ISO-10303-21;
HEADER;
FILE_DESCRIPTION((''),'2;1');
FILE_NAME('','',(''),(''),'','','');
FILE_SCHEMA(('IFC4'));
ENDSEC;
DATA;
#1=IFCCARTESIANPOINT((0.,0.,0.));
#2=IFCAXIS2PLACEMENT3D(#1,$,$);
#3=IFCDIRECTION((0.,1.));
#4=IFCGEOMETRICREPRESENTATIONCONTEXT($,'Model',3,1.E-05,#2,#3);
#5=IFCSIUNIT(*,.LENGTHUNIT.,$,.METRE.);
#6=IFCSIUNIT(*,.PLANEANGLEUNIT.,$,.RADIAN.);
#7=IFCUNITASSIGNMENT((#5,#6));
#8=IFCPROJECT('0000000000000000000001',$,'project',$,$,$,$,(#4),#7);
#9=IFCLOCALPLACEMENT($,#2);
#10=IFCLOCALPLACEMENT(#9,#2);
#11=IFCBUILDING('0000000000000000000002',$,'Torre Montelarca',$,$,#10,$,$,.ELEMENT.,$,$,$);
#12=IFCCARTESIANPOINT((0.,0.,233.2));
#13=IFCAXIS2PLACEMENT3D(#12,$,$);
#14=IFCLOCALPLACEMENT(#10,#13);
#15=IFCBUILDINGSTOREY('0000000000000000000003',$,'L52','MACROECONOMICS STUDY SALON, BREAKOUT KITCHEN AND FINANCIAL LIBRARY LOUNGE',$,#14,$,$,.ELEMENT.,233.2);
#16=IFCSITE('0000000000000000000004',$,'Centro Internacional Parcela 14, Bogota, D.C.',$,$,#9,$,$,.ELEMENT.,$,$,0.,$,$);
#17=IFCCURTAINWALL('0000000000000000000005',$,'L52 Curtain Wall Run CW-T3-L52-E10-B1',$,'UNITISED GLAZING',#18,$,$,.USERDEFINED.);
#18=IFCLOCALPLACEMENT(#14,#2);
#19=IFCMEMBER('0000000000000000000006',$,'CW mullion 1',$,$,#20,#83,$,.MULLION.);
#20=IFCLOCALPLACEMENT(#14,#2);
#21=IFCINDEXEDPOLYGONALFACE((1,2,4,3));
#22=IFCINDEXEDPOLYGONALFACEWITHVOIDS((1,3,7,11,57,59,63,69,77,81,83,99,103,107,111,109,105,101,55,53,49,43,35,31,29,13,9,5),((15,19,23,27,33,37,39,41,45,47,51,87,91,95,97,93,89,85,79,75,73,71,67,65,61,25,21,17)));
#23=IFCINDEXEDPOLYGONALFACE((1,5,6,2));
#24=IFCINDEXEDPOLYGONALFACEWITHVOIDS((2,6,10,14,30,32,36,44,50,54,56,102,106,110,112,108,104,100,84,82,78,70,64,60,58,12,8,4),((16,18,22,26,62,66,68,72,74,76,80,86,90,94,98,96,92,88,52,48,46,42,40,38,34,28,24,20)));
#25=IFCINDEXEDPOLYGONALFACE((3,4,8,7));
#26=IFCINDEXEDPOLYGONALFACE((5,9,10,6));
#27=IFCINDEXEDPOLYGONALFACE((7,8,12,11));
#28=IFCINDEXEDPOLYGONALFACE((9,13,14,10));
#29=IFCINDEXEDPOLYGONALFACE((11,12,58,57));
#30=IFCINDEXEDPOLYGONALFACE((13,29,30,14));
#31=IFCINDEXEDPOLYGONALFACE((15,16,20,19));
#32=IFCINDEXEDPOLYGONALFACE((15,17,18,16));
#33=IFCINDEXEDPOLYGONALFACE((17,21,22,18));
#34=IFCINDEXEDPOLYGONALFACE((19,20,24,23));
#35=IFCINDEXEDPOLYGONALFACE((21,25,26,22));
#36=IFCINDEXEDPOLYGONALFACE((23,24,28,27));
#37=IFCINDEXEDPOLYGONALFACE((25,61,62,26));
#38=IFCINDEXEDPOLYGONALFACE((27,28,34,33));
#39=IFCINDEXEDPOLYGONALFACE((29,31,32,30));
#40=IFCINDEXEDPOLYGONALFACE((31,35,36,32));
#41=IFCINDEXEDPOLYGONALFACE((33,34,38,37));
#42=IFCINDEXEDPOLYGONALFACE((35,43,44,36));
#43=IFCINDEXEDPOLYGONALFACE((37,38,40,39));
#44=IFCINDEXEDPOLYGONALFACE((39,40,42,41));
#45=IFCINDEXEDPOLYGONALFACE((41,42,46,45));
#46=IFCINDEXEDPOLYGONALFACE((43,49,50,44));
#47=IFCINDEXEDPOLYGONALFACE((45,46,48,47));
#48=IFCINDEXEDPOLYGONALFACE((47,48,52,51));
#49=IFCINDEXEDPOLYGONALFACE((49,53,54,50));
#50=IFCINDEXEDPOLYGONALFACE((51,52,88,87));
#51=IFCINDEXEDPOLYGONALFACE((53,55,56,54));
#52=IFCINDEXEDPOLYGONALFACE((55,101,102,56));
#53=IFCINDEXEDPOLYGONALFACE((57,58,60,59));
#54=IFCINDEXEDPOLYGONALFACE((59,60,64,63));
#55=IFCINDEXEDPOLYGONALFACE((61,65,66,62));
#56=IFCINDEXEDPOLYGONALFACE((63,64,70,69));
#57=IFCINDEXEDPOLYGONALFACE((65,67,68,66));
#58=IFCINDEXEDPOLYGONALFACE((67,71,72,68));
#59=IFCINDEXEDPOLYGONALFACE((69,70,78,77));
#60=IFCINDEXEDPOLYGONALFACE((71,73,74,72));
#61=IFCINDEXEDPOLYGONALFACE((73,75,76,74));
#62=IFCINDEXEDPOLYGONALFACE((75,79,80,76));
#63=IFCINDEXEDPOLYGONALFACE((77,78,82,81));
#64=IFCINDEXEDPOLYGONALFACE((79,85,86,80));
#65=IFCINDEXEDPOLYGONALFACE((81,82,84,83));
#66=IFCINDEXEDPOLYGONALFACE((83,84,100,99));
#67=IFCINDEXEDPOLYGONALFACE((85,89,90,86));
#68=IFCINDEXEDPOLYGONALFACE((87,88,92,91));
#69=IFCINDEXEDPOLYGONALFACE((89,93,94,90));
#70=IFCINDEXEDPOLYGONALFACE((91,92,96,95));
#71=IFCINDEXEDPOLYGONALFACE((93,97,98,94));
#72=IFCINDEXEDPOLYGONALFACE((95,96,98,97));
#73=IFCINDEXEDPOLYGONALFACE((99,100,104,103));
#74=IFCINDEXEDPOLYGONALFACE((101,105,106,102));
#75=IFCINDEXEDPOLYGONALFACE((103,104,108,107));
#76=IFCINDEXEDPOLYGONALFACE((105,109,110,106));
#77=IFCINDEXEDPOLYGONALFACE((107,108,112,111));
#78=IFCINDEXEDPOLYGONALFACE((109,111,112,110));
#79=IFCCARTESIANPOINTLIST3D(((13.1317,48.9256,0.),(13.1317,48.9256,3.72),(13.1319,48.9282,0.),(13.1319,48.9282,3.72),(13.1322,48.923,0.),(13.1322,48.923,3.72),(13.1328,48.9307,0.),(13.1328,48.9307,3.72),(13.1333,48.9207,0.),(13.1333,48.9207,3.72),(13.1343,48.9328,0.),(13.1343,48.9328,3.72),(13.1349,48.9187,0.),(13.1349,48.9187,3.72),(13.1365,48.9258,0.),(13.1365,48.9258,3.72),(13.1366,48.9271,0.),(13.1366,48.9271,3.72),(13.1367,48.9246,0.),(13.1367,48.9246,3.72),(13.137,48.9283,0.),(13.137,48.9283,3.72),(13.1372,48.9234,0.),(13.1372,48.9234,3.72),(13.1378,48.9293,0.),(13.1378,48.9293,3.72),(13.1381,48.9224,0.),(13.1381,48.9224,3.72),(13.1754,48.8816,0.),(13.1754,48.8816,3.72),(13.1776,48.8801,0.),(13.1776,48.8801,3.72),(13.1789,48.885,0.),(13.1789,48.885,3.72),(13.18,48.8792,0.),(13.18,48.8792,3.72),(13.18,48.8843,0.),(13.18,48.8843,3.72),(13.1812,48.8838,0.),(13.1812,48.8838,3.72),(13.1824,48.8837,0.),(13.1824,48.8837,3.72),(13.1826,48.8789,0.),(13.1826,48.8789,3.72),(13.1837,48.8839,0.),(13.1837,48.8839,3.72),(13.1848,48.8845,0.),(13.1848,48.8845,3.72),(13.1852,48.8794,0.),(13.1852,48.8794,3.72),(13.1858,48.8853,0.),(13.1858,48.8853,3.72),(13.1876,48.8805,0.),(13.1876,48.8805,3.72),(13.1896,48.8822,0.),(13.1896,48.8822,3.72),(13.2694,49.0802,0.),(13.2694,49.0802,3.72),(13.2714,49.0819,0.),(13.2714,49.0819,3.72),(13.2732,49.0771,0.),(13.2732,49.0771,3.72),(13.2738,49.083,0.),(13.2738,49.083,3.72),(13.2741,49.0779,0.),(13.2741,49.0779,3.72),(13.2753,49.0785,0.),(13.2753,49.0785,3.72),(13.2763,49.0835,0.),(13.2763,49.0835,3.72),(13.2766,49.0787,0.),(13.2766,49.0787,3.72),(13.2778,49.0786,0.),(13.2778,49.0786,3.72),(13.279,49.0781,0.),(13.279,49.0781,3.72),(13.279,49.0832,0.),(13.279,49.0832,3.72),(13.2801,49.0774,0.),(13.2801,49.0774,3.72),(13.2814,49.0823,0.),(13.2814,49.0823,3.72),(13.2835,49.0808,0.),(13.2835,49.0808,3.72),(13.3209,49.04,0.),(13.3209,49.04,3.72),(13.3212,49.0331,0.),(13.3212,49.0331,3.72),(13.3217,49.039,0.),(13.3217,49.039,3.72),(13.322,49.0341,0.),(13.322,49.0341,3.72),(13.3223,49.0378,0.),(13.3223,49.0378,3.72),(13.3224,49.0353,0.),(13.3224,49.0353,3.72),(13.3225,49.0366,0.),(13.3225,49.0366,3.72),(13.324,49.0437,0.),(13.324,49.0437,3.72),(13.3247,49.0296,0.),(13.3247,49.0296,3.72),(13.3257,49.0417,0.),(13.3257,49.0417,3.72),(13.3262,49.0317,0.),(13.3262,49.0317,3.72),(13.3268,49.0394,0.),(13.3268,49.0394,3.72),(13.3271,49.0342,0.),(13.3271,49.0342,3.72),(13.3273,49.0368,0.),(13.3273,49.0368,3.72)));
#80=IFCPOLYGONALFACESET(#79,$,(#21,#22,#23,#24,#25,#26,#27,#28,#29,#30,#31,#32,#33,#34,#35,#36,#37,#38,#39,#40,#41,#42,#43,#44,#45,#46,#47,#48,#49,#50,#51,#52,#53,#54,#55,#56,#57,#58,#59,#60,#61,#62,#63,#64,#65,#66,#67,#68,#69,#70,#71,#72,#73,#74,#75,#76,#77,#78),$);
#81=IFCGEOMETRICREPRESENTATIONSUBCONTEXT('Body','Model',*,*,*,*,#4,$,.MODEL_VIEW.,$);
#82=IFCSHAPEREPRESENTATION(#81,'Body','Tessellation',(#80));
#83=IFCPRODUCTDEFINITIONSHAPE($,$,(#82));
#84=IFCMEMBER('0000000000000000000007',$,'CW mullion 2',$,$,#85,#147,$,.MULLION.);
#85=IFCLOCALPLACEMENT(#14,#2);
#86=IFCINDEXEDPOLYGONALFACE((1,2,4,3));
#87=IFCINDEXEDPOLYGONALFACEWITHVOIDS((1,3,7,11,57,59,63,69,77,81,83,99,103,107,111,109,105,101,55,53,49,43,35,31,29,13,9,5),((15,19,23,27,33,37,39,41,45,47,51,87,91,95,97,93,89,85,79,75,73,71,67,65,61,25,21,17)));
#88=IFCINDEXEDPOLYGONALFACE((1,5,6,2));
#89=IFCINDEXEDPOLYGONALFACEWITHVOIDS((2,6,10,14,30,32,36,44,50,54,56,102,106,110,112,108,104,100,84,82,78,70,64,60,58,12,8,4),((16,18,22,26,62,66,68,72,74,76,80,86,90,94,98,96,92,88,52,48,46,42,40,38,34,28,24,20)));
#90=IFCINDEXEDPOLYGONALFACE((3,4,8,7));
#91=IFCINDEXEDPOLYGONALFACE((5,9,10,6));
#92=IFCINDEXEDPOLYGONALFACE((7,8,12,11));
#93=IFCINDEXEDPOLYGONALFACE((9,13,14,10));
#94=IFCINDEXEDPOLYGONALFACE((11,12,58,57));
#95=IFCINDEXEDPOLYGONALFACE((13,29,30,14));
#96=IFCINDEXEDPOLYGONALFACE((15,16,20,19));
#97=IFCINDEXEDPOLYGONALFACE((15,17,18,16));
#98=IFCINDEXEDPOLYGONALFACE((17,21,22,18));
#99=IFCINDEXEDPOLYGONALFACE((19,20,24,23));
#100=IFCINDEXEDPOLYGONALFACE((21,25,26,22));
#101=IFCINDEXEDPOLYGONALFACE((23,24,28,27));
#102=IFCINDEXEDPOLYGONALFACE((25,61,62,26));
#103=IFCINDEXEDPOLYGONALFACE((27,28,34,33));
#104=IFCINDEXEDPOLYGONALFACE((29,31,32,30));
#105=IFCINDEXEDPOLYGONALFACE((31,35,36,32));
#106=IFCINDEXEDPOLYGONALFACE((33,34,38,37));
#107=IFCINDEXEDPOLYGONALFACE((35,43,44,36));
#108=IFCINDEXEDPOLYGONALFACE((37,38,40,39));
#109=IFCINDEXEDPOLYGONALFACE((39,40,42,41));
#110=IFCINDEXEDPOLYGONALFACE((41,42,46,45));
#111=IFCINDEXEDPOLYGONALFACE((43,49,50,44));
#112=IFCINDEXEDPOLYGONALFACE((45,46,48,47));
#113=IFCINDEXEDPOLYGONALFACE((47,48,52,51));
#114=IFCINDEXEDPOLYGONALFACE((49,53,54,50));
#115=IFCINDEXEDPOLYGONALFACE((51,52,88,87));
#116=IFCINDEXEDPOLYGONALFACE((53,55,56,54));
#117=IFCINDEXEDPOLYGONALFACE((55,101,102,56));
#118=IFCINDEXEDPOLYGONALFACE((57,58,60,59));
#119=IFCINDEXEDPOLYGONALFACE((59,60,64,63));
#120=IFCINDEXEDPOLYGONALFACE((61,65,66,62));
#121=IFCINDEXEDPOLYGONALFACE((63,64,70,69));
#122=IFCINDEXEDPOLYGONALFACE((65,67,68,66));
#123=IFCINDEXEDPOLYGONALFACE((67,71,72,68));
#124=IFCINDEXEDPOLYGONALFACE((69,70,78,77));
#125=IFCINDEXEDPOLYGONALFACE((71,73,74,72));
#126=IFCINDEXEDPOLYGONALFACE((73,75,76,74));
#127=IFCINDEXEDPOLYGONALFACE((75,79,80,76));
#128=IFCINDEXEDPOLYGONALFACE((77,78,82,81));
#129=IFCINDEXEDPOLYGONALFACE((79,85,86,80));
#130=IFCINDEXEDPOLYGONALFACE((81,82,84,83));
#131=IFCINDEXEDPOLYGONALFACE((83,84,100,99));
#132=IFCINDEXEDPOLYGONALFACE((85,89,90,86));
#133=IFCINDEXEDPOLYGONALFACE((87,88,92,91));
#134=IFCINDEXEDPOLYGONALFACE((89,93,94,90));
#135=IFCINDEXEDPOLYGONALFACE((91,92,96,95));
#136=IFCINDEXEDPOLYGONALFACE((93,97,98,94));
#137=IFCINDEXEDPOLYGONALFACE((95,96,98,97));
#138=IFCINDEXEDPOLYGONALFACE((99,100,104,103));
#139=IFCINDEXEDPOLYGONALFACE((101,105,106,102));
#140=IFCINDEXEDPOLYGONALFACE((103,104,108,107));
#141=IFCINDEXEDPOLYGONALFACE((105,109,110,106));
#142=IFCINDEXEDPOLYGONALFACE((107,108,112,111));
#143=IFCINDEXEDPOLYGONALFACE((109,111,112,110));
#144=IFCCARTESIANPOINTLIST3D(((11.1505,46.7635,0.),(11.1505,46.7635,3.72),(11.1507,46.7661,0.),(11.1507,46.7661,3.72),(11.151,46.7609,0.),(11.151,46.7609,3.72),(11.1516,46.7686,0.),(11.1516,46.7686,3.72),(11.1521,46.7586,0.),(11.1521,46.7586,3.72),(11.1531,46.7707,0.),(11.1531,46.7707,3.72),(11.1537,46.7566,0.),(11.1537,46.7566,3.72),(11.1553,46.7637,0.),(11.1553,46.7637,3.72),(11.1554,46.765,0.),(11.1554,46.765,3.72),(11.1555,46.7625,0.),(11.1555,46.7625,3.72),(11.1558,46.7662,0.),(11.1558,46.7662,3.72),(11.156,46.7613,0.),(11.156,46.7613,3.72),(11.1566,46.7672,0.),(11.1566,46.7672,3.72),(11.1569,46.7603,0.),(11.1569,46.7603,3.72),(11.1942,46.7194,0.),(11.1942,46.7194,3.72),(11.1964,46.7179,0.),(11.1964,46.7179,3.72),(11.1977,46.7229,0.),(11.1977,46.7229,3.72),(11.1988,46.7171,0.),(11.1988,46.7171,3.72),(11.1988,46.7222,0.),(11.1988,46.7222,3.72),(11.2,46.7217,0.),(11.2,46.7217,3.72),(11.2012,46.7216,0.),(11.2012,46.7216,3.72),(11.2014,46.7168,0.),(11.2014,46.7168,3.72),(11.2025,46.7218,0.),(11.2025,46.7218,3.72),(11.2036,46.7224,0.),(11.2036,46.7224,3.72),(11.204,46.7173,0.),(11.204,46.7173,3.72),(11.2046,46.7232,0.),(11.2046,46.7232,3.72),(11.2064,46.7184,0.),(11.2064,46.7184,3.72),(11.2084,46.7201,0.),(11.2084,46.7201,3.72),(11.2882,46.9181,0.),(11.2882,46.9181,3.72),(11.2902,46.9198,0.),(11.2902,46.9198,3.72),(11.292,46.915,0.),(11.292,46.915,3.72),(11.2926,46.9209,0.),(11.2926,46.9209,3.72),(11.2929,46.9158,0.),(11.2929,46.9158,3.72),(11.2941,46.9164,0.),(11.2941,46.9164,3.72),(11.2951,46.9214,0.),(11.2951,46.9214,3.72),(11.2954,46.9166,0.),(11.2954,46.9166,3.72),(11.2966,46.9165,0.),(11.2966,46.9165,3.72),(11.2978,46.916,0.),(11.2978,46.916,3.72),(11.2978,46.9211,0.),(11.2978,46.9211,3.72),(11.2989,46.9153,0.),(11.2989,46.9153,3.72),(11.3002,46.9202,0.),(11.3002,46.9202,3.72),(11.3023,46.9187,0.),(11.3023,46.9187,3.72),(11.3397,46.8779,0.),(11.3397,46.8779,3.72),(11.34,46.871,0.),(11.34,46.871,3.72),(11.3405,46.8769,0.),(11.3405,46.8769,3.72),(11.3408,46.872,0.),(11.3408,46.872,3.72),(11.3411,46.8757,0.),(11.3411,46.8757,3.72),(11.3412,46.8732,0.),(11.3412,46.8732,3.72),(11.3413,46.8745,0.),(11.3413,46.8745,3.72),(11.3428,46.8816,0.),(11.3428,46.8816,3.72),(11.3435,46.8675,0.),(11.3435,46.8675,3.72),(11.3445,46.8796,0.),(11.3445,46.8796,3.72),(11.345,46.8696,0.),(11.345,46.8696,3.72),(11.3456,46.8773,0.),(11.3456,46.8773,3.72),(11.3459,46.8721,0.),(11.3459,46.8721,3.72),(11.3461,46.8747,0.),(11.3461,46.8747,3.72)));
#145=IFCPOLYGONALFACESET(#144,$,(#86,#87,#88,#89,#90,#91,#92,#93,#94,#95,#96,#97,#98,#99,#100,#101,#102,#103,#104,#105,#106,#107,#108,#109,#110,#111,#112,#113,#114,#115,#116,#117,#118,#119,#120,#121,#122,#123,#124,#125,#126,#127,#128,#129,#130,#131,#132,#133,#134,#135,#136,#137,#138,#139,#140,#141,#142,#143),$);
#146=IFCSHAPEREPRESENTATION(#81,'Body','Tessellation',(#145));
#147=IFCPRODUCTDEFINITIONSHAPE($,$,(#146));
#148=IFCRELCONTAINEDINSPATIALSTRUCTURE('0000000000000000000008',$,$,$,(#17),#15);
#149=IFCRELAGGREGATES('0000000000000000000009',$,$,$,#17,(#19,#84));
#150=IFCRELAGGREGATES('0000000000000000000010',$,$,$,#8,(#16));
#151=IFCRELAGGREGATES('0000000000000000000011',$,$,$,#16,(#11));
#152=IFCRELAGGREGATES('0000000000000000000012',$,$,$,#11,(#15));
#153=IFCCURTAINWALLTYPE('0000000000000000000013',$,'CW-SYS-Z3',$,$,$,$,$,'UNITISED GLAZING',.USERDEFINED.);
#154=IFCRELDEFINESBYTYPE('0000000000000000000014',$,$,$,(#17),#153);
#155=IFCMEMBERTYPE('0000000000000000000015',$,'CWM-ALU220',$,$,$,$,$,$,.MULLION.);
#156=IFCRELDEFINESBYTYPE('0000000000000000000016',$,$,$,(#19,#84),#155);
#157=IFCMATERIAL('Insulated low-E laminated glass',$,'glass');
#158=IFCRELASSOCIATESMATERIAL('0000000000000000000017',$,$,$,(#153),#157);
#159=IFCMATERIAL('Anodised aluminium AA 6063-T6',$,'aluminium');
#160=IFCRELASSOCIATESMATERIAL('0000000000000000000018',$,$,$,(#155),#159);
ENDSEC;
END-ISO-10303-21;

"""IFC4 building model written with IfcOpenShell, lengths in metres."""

from ifc_helpers import new_model, si_unit, direction, frame, origin, origin_2d, place, context, subcontext, project, spatial, hollow_rectangle, extrude, source, transform, mapped, material, material_profile, profile_set, type_object, element, aggregate, save


model = new_model("IFC4")

# Units and contexts
model_context = context("Model", 3, precision=1e-05, world=origin(), true_north=direction((0.0, 1.0)))
body_context = subcontext(model_context, "Body", "Model", "MODEL_VIEW")
ifc_project = project(units=[si_unit("LENGTHUNIT", "METRE"), si_unit("PLANEANGLEUNIT", "RADIAN")], contexts=[model_context])

# Site, building, storey
site_placement = place(None, origin())
site = spatial("IfcSite", under=ifc_project, at=site_placement, Name="Centro Internacional Parcela 14, Bogota, D.C.", CompositionType="ELEMENT", RefElevation=0.0)
building_placement = place(site_placement, origin())
building = spatial("IfcBuilding", under=site, at=building_placement, Name="Torre Montelarca", CompositionType="ELEMENT")
storey_placement = place(building_placement, frame((0.0, 0.0, 233.2)))
storey = spatial("IfcBuildingStorey", under=building, at=storey_placement, Name="L52", Description="MACROECONOMICS STUDY SALON, BREAKOUT KITCHEN AND FINANCIAL LIBRARY LOUNGE", CompositionType="ELEMENT", Elevation=233.2)

# Shared definitions
ifc_material_1 = material(Name="Insulated low-E laminated glass", Category="glass")
curtain_wall_type = type_object("IfcCurtainWallType", Name="CW-SYS-Z3", ElementType="UNITISED GLAZING", PredefinedType="USERDEFINED", material=ifc_material_1)
ifc_material_2 = material(Name="Anodised aluminium AA 6063-T6", Category="aluminium")
ifc_material_profile_1 = material_profile(ifc_material_2, hollow_rectangle(XDim=0.075, YDim=0.22, WallThickness=0.0049, InnerFilletRadius=0.0049, OuterFilletRadius=0.01, at=origin_2d()), Name="ALU75X220X5", Category="aluminium")
ifc_profile_set_1 = profile_set([ifc_material_profile_1], Name="Anodised aluminium AA 6063-T6")
member_type_1 = type_object("IfcMemberType", Name="CWM-ALU220", PredefinedType="MULLION", material=ifc_profile_set_1)
shared_shape_1 = source(origin(), body_context, "Body", "SweptSolid", [
    extrude(hollow_rectangle(XDim=0.075, YDim=0.22, WallThickness=0.0049, InnerFilletRadius=0.0049, OuterFilletRadius=0.01, at=origin_2d()), origin(), (0.0, 0.0, 1.0), 3.72),
])

# Curtain wall, members
curtain_wall_1_placement = place(storey_placement, origin())
curtain_wall_1 = element("IfcCurtainWall", 1, at=curtain_wall_1_placement, inside=storey, type_object=curtain_wall_type, Name="L52 Curtain Wall Run CW-T3-L52-E10-B1", ObjectType="UNITISED GLAZING", PredefinedType="USERDEFINED")
member_1_placement = place(storey_placement, frame((13.2295, 48.9812, 0.0), z_axis=(0.0, 0.0, 1.0), x_axis=(0.737276, -0.675592, 0.0)))
member_1 = element("IfcMember", 2, at=member_1_placement, type_object=member_type_1, Name="CW mullion 1", PredefinedType="MULLION", context=body_context, shape_type="MappedRepresentation", body=[
    mapped(shared_shape_1, transform((0.0, 0.0, 0.0), scale=1.0)),
])
member_2_placement = place(storey_placement, frame((11.2483, 46.8191, 0.0), z_axis=(0.0, 0.0, 1.0), x_axis=(0.737276, -0.675592, 0.0)))
member_2 = element("IfcMember", 3, at=member_2_placement, type_object=member_type_1, Name="CW mullion 2", PredefinedType="MULLION", context=body_context, shape_type="MappedRepresentation", body=[
    mapped(shared_shape_1, transform((0.0, 0.0, 0.0), scale=1.0)),
])

aggregate(curtain_wall_1, [member_1, member_2])

save(model, "model.ifc")
